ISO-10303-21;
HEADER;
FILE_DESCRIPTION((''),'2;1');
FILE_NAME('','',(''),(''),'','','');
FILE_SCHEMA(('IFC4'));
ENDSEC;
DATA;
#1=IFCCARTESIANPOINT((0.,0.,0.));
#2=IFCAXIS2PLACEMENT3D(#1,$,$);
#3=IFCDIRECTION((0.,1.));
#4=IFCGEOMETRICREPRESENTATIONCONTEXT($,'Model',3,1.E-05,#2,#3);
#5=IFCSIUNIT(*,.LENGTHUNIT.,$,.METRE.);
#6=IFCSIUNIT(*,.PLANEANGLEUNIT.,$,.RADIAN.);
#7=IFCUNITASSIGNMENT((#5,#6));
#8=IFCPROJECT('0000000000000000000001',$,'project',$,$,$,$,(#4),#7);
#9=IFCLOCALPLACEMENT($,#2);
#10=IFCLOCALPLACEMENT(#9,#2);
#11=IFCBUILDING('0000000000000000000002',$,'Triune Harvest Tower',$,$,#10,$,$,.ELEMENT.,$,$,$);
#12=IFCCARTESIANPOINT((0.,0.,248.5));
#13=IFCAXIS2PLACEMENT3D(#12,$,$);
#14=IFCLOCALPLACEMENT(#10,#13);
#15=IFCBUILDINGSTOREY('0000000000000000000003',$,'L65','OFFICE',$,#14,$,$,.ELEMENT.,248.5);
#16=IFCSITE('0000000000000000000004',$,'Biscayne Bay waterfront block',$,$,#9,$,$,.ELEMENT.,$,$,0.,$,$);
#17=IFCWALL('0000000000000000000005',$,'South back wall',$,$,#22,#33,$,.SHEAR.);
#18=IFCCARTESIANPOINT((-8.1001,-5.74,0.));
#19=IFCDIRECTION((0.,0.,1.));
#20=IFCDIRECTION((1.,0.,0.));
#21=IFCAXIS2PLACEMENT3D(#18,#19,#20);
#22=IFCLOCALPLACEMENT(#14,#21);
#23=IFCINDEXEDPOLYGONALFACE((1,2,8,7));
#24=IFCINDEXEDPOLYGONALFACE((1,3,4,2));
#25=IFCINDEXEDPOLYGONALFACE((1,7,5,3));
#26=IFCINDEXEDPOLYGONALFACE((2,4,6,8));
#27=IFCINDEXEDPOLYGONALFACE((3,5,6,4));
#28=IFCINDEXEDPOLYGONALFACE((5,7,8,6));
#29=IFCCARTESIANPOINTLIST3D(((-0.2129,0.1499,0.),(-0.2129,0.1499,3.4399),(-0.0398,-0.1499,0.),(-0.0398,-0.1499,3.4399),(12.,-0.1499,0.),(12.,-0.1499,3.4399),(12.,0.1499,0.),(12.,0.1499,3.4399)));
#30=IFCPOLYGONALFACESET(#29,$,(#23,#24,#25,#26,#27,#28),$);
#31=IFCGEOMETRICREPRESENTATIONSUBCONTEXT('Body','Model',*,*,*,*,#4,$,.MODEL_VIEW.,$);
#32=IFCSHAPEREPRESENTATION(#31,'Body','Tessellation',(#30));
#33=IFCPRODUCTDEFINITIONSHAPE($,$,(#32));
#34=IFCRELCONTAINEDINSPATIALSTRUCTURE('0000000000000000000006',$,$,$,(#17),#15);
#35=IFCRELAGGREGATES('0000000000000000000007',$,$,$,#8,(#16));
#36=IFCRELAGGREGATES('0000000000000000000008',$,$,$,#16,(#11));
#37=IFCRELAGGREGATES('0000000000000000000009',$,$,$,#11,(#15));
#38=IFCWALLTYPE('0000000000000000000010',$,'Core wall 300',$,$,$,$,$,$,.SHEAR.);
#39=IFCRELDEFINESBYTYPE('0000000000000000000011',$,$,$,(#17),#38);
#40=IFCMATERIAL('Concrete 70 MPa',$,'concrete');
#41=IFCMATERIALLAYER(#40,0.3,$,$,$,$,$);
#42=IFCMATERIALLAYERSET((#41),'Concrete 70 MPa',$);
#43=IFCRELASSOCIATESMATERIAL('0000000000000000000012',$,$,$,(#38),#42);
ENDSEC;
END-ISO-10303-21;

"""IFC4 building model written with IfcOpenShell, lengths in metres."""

from ifc_helpers import new_model, si_unit, direction, frame, origin, place, context, subcontext, project, spatial, polyline, outline, extrude, source, transform, mapped, material, layer, layer_set, type_object, element, save


model = new_model("IFC4")

# Units and contexts
model_context = context("Model", 3, precision=1e-05, world=origin(), true_north=direction((0.0, 1.0)))
body_context = subcontext(model_context, "Body", "Model", "MODEL_VIEW")
ifc_project = project(units=[si_unit("LENGTHUNIT", "METRE"), si_unit("PLANEANGLEUNIT", "RADIAN")], contexts=[model_context])

# Site, building, storey
site_placement = place(None, origin())
site = spatial("IfcSite", under=ifc_project, at=site_placement, Name="Biscayne Bay waterfront block", CompositionType="ELEMENT", RefElevation=0.0)
building_placement = place(site_placement, origin())
building = spatial("IfcBuilding", under=site, at=building_placement, Name="Triune Harvest Tower", CompositionType="ELEMENT")
storey_placement = place(building_placement, frame((0.0, 0.0, 248.5)))
storey = spatial("IfcBuildingStorey", under=building, at=storey_placement, Name="L65", Description="OFFICE", CompositionType="ELEMENT", Elevation=248.5)

# Shared definitions
ifc_material_1 = material(Name="Concrete 70 MPa", Category="concrete")
ifc_layer_1 = layer(ifc_material_1, 0.3)
ifc_layer_set_1 = layer_set([ifc_layer_1], Name="Concrete 70 MPa")
wall_type_1 = type_object("IfcWallType", Name="Core wall 300", PredefinedType="SHEAR", material=ifc_layer_set_1)

# Wall
shared_shape_1 = source(origin(), body_context, "Body", "SweptSolid", [
    extrude(outline(polyline([(12.0, -0.1499), (-0.0398, -0.1499), (-0.2129, 0.1499), (12.0, 0.1499), (12.0, -0.1499)])), origin(), (0.0, 0.0, 1.0), 3.4399),
])
wall_1_placement = place(storey_placement, frame((-8.1001, -5.74, 0.0), z_axis=(0.0, 0.0, 1.0), x_axis=(1.0, 0.0, 0.0)))
element("IfcWall", 1, at=wall_1_placement, inside=storey, type_object=wall_type_1, Name="South back wall", PredefinedType="SHEAR", context=body_context, shape_type="MappedRepresentation", body=[
    mapped(shared_shape_1, transform((0.0, 0.0, 0.0), scale=1.0)),
])

save(model, "model.ifc")
